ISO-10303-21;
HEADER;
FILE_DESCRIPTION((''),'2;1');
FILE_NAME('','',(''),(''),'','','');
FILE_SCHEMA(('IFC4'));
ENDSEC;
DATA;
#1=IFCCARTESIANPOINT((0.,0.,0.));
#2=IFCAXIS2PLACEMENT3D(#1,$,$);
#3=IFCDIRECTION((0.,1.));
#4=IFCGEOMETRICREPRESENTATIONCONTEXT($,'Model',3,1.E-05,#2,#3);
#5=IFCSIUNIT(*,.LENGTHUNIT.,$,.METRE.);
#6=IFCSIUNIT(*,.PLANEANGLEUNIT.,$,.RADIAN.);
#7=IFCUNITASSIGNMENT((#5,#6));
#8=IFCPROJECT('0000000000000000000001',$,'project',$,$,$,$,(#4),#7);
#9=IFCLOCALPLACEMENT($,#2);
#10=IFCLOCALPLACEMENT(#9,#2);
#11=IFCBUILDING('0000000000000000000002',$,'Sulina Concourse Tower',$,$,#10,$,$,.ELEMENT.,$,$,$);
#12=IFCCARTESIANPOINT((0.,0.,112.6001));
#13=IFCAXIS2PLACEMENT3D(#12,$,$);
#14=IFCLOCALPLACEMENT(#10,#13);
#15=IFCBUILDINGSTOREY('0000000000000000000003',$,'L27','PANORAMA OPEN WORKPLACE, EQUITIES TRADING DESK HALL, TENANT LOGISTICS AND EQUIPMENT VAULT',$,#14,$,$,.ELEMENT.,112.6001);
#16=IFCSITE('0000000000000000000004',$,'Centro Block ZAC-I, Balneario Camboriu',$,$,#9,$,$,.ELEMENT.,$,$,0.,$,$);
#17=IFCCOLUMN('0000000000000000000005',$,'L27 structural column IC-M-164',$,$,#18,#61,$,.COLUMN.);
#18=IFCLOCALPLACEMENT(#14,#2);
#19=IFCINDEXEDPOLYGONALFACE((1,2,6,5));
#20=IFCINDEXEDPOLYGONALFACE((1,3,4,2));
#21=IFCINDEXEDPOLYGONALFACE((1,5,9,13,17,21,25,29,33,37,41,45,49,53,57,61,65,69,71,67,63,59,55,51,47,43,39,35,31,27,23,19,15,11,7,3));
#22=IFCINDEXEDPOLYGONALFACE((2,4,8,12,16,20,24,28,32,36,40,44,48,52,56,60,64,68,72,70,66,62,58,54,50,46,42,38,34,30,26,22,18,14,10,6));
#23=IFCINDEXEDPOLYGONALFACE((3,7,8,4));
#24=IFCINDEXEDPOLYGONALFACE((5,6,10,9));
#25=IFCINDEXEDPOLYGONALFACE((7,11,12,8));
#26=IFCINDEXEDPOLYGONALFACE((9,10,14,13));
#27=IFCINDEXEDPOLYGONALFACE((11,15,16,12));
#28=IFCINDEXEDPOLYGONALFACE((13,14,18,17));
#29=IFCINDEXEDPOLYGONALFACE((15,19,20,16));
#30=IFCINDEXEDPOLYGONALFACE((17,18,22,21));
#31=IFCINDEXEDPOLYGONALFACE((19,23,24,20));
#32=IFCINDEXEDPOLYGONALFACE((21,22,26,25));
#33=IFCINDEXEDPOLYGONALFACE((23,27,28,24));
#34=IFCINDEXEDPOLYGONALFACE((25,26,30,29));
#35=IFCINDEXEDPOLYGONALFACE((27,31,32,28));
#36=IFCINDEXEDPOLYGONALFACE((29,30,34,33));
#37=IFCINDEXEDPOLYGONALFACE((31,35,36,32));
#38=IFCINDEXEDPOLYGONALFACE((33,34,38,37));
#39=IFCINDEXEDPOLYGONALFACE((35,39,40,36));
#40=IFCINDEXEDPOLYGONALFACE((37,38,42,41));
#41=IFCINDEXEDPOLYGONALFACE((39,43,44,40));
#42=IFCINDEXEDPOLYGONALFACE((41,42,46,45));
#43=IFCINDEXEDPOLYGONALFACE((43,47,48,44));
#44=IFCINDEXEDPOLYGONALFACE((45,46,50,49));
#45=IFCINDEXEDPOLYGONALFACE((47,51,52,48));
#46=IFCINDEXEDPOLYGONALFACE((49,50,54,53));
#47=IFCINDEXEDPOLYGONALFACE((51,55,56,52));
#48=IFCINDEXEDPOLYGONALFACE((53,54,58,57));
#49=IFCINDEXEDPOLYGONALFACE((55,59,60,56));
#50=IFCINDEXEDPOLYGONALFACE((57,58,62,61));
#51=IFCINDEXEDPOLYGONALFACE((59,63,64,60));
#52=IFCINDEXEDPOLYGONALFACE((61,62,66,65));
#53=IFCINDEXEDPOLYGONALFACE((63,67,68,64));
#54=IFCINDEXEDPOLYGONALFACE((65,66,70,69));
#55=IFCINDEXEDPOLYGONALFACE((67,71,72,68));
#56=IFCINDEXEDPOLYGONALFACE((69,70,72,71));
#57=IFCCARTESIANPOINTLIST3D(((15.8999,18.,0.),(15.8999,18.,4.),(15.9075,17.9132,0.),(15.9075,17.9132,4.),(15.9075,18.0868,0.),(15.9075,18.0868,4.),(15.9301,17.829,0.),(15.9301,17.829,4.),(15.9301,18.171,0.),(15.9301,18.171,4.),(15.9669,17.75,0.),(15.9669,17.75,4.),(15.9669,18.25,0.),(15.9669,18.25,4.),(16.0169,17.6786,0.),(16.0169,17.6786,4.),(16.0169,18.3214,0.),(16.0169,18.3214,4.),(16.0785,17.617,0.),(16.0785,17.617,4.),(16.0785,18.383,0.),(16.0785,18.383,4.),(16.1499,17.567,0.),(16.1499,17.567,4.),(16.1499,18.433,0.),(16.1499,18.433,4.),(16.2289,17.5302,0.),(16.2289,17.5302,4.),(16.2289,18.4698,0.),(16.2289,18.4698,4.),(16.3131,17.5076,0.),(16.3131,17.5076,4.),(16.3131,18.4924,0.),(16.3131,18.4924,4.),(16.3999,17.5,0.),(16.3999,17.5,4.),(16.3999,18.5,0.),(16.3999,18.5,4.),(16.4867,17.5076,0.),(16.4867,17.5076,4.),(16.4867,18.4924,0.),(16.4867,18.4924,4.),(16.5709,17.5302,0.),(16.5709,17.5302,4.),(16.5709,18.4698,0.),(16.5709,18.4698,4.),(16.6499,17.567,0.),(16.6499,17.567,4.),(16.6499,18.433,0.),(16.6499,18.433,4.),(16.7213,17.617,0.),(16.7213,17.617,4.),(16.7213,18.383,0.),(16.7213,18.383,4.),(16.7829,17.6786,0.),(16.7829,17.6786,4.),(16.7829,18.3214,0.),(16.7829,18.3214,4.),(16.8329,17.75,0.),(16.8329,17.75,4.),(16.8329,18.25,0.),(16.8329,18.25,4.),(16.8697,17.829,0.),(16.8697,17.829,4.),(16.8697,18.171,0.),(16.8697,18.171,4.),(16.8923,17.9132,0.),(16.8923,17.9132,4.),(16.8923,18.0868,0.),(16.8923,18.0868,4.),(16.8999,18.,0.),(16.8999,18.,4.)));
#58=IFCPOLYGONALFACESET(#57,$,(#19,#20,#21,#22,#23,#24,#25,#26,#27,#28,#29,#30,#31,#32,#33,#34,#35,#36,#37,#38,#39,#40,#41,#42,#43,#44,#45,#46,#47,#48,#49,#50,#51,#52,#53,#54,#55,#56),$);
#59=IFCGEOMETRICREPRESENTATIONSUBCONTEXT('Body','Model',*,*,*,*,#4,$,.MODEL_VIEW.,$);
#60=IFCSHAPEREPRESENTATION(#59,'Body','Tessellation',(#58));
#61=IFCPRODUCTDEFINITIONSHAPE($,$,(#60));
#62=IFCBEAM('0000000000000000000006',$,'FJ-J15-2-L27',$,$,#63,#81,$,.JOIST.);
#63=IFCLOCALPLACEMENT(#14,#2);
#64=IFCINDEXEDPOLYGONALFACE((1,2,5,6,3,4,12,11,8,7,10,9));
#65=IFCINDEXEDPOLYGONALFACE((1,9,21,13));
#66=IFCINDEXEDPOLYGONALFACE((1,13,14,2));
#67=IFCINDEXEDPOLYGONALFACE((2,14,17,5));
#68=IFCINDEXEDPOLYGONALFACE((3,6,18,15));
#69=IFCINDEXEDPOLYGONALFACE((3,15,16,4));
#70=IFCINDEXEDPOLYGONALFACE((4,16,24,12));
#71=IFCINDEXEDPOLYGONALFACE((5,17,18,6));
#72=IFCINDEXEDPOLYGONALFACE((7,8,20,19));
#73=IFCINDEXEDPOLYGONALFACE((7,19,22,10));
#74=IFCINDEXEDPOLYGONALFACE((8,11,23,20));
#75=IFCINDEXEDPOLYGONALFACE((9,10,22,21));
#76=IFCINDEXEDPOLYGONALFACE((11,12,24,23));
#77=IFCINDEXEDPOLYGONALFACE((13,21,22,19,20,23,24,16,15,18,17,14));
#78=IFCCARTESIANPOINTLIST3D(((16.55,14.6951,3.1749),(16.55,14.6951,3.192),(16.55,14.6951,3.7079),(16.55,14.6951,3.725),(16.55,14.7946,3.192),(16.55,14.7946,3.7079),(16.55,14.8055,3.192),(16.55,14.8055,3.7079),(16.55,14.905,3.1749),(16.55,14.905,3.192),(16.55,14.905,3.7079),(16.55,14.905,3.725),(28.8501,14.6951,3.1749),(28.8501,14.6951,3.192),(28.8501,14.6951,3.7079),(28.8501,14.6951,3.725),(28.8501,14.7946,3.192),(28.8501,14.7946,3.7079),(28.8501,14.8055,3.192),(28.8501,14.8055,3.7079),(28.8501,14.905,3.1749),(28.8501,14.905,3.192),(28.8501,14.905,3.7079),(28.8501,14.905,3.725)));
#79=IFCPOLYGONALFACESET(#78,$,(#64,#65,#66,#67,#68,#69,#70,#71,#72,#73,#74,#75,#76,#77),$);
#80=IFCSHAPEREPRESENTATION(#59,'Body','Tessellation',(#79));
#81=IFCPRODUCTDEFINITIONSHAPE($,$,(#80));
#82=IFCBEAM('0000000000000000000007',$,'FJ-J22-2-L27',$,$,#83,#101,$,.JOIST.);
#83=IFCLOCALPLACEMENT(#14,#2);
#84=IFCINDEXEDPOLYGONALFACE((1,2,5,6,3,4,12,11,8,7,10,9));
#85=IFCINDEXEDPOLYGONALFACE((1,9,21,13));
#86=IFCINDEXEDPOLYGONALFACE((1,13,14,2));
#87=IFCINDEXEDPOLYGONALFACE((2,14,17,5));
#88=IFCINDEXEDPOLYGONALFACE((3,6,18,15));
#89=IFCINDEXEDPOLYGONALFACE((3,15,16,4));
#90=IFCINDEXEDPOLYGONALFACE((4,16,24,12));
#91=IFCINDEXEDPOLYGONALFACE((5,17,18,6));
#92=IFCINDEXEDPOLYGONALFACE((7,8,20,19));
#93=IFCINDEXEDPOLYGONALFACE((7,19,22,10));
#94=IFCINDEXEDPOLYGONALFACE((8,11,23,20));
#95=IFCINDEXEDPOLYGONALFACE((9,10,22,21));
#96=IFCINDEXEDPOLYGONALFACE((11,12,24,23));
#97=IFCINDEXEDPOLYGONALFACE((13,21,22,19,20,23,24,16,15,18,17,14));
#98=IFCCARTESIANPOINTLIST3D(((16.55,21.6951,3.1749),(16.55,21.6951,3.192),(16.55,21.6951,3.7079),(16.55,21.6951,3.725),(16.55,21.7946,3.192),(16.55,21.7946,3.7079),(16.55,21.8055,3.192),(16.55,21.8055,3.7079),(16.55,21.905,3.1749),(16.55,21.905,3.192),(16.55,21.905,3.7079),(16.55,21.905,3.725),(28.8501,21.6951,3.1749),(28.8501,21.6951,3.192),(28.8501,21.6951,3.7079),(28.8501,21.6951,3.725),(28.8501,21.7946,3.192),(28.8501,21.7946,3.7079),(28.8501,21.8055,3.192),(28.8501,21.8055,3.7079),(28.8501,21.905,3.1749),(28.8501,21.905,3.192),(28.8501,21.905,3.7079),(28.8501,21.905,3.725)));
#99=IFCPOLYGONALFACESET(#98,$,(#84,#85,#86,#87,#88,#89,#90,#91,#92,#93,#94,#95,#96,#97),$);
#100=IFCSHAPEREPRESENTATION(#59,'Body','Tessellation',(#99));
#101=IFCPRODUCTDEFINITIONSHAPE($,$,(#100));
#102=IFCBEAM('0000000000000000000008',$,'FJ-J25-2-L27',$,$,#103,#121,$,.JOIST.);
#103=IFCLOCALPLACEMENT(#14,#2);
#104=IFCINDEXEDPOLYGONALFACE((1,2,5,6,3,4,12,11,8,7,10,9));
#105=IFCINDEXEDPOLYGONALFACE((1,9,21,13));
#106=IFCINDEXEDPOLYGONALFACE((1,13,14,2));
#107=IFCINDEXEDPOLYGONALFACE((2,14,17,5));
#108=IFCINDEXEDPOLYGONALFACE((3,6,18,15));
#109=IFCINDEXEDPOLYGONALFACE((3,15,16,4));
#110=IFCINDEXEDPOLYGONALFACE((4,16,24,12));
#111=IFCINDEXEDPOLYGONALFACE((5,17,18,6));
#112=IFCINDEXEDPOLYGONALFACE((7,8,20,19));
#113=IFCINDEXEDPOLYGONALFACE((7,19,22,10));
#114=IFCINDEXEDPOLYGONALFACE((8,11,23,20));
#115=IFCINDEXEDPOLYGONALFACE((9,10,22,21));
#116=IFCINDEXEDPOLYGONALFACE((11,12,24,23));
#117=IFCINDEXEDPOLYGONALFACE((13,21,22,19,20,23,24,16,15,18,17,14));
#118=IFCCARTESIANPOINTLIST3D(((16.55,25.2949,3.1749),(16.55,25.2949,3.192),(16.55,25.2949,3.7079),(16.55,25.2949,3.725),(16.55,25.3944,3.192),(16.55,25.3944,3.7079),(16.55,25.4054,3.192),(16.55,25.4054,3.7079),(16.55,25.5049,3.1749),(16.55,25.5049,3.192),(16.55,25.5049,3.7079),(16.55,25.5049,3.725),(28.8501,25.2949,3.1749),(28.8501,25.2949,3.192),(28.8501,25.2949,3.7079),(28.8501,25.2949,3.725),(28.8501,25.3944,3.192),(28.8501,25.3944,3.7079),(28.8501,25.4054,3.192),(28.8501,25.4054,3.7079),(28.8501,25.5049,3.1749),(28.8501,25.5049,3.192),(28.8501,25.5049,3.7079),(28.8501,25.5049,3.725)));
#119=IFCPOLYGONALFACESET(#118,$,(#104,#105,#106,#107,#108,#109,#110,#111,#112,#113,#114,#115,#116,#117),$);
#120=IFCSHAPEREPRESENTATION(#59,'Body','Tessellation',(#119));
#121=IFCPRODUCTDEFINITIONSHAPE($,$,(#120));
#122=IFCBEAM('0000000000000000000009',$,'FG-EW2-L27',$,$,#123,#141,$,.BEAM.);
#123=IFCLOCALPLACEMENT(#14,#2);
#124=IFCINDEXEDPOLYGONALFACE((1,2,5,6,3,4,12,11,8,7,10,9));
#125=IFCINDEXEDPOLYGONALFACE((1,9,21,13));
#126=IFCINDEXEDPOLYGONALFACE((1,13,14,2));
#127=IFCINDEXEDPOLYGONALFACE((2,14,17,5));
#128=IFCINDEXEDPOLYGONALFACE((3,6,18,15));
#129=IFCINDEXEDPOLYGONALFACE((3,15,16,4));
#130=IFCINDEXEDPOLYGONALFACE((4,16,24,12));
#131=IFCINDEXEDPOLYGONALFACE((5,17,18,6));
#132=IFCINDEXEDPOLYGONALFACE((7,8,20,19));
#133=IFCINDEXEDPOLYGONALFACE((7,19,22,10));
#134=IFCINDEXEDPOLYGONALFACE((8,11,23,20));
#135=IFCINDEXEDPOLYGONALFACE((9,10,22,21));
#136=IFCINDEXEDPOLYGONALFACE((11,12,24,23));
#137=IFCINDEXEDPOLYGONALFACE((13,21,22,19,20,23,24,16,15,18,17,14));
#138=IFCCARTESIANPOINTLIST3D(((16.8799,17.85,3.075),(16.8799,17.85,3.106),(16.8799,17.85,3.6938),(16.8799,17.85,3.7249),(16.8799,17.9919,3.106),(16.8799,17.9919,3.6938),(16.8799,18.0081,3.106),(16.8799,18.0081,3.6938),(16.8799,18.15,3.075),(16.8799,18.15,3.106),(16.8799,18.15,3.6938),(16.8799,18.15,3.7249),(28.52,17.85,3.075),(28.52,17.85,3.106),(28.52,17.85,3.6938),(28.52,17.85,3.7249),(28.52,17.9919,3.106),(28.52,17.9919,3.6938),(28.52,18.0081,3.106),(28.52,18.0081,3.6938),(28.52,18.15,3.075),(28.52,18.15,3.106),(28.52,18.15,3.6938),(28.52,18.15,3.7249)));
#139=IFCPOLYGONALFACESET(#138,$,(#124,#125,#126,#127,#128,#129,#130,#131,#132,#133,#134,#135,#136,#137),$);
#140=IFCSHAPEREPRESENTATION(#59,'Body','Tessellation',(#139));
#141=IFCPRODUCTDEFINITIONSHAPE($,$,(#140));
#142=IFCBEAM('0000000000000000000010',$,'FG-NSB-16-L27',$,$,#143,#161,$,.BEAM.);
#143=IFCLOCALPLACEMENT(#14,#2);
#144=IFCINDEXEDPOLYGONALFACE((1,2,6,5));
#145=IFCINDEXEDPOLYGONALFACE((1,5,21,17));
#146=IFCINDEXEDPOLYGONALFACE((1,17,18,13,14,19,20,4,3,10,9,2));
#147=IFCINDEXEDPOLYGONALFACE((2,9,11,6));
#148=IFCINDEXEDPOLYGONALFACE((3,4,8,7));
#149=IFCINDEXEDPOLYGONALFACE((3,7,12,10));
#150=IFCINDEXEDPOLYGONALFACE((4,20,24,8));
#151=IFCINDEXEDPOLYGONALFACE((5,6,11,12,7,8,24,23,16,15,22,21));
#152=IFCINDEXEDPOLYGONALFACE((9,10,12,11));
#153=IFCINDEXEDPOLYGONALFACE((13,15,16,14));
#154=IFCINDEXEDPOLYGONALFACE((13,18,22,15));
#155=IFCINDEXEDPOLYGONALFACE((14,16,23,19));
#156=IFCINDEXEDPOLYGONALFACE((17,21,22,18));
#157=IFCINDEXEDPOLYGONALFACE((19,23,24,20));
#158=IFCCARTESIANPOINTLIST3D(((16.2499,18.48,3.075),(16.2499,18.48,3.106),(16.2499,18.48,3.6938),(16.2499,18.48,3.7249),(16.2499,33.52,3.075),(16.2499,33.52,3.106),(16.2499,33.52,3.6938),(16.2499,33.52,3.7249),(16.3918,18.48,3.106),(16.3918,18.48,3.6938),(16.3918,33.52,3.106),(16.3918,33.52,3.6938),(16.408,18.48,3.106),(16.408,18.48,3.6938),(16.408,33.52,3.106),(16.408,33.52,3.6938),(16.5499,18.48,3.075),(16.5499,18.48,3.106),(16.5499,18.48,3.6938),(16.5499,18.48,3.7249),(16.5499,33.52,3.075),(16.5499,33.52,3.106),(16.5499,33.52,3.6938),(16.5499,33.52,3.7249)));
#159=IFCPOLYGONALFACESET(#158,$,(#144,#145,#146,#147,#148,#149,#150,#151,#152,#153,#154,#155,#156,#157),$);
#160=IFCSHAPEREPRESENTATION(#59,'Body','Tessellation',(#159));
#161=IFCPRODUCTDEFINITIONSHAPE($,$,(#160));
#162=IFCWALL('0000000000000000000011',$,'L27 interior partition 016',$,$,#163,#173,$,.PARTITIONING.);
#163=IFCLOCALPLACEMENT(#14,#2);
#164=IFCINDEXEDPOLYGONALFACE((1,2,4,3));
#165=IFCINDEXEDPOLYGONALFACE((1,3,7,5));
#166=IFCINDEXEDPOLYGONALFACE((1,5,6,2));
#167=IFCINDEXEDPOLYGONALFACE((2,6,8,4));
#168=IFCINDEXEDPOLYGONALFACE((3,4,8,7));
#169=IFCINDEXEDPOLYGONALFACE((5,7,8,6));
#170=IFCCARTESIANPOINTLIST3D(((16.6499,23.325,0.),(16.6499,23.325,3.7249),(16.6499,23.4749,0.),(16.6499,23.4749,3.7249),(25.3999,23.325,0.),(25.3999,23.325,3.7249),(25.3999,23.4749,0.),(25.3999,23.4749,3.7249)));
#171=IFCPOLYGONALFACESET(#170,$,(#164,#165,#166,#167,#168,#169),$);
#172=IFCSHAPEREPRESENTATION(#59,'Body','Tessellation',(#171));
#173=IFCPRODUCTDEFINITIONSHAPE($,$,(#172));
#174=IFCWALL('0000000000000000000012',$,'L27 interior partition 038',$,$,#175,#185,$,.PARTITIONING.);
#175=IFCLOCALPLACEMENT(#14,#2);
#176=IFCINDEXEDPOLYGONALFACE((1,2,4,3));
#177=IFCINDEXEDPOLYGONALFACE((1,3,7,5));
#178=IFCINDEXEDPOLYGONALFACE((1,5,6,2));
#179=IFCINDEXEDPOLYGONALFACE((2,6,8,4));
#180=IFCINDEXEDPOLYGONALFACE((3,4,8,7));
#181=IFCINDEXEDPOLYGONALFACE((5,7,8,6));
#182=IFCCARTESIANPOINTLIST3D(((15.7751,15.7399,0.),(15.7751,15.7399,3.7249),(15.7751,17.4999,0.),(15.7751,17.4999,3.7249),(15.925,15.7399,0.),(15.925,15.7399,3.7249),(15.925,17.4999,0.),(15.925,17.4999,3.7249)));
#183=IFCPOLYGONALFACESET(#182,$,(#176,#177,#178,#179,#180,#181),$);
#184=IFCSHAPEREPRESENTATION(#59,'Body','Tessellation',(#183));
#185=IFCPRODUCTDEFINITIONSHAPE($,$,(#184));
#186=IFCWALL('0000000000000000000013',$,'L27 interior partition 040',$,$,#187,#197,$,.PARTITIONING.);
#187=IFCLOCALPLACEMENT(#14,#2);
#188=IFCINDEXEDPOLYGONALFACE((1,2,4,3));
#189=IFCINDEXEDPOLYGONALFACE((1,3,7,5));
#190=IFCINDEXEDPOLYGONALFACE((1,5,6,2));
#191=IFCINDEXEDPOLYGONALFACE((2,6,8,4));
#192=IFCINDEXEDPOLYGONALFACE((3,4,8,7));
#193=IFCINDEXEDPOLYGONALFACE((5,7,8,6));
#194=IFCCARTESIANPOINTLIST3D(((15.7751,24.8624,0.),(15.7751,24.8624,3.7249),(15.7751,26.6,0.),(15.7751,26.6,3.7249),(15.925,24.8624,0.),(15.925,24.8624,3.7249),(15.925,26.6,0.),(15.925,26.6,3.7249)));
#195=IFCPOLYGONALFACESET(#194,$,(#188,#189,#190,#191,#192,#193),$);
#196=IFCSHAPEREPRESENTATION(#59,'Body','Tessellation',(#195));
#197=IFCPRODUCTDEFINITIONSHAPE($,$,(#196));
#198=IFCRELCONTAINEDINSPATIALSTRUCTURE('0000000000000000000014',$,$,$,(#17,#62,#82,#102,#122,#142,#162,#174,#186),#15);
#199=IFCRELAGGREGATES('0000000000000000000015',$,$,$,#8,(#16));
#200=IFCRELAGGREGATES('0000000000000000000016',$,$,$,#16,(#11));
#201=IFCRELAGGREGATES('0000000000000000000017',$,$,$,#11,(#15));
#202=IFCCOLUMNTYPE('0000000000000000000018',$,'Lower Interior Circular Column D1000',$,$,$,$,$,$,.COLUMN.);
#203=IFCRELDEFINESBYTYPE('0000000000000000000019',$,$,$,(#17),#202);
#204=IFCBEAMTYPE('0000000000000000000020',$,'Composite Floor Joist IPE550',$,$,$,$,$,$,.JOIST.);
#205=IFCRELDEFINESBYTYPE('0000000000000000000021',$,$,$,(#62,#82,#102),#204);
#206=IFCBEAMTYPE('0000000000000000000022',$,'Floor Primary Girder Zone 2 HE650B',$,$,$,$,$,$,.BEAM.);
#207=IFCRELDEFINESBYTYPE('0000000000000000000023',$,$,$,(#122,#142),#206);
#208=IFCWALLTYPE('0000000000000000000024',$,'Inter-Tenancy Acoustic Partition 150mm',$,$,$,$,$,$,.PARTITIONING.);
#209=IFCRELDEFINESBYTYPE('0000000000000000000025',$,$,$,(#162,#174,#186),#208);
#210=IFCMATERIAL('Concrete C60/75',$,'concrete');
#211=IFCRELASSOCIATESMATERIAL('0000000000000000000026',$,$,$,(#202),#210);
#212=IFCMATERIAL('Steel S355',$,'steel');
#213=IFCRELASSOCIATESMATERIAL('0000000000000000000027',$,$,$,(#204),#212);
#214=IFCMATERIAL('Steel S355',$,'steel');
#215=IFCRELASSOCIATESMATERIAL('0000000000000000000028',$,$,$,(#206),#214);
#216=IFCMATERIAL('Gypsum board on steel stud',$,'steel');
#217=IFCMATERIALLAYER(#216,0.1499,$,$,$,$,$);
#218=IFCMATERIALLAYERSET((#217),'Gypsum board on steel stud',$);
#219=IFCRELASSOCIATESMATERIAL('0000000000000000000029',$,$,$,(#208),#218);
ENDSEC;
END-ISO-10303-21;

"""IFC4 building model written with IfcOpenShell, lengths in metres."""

from ifc_helpers import new_model, si_unit, direction, frame, frame_2d, origin, origin_2d, place, context, subcontext, project, spatial, rectangle, circle, i_section, extrude, material, layer, layer_set, material_profile, profile_set, type_object, element, save


model = new_model("IFC4")

# Units and contexts
model_context = context("Model", 3, precision=1e-05, world=origin(), true_north=direction((0.0, 1.0)))
body_context = subcontext(model_context, "Body", "Model", "MODEL_VIEW")
ifc_project = project(units=[si_unit("LENGTHUNIT", "METRE"), si_unit("PLANEANGLEUNIT", "RADIAN")], contexts=[model_context])

# Site, building, storey
site_placement = place(None, origin())
site = spatial("IfcSite", under=ifc_project, at=site_placement, Name="Centro Block ZAC-I, Balneario Camboriu", CompositionType="ELEMENT", RefElevation=0.0)
building_placement = place(site_placement, origin())
building = spatial("IfcBuilding", under=site, at=building_placement, Name="Sulina Concourse Tower", CompositionType="ELEMENT")
storey_placement = place(building_placement, frame((0.0, 0.0, 112.6001)))
storey = spatial("IfcBuildingStorey", under=building, at=storey_placement, Name="L27", Description="PANORAMA OPEN WORKPLACE, EQUITIES TRADING DESK HALL, TENANT LOGISTICS AND EQUIPMENT VAULT", CompositionType="ELEMENT", Elevation=112.6001)

# Column
ifc_material_1 = material(Name="Concrete C60/75", Category="concrete")
ifc_material_profile_1 = material_profile(ifc_material_1, circle(Radius=0.5, at=origin_2d()), Name="RC D1000")
ifc_profile_set_1 = profile_set([ifc_material_profile_1], Name="Concrete C60/75")
column_type = type_object("IfcColumnType", Name="Lower Interior Circular Column D1000", PredefinedType="COLUMN", material=ifc_profile_set_1)
column_placement = place(storey_placement, frame((16.3999, 18.0, 0.0), z_axis=(0.0, 0.0, 1.0), x_axis=(1.0, 0.0, 0.0)))
element("IfcColumn", 1, at=column_placement, inside=storey, type_object=column_type, Name="L27 structural column IC-M-164", PredefinedType="COLUMN", context=body_context, shape_type="SweptSolid", body=[
    extrude(circle(Radius=0.5, at=origin_2d()), origin(), (0.0, 0.0, 1.0), 4.0),
])

# Beams
ifc_material_2 = material(Name="Steel S355", Category="steel")
ifc_material_profile_2 = material_profile(ifc_material_2, i_section(OverallWidth=0.21, OverallDepth=0.55, WebThickness=0.011, FlangeThickness=0.0171, at=origin_2d()), Name="IPE 550")
ifc_profile_set_2 = profile_set([ifc_material_profile_2], Name="Steel S355")
beam_type_1 = type_object("IfcBeamType", Name="Composite Floor Joist IPE550", PredefinedType="JOIST", material=ifc_profile_set_2)
for number, where, z_axis, x_axis, name in (
    (2, (16.55, 14.8, 3.45), (1.0, 0.0, 0.0), (0.0, 1.0, 0.0), "FJ-J15-2-L27"),
    (3, (16.55, 21.8, 3.45), (1.0, 0.0, 0.0), (0.0, 1.0, 0.0), "FJ-J22-2-L27"),
    (4, (16.55, 25.3999, 3.45), (1.0, 0.0, 0.0), (0.0, 1.0, 0.0), "FJ-J25-2-L27"),
):
    element("IfcBeam", number, at=place(storey_placement, frame(where, z_axis=z_axis, x_axis=x_axis)), inside=storey, type_object=beam_type_1, Name=name, PredefinedType="JOIST", context=body_context, shape_type="SweptSolid", body=[
        extrude(i_section(OverallWidth=0.21, OverallDepth=0.55, WebThickness=0.011, FlangeThickness=0.0171, at=origin_2d()), origin(), (0.0, 0.0, 1.0), 12.3),
    ])
ifc_material_3 = material(Name="Steel S355", Category="steel")
ifc_material_profile_3 = material_profile(ifc_material_3, i_section(OverallWidth=0.3, OverallDepth=0.6499, WebThickness=0.0161, FlangeThickness=0.031, at=origin_2d()), Name="HE 650 B")
ifc_profile_set_3 = profile_set([ifc_material_profile_3], Name="Steel S355")
beam_type_2 = type_object("IfcBeamType", Name="Floor Primary Girder Zone 2 HE650B", PredefinedType="BEAM", material=ifc_profile_set_3)
beam_1_placement = place(storey_placement, frame((16.8799, 18.0, 3.3999), z_axis=(1.0, 0.0, 0.0), x_axis=(0.0, 1.0, 0.0)))
element("IfcBeam", 5, at=beam_1_placement, inside=storey, type_object=beam_type_2, Name="FG-EW2-L27", PredefinedType="BEAM", context=body_context, shape_type="SweptSolid", body=[
    extrude(i_section(OverallWidth=0.3, OverallDepth=0.6499, WebThickness=0.0161, FlangeThickness=0.031, at=origin_2d()), origin(), (0.0, 0.0, 1.0), 11.6401),
])
beam_2_placement = place(storey_placement, frame((16.3999, 18.48, 3.3999), z_axis=(0.0, 1.0, 0.0), x_axis=(-1.0, 0.0, 0.0)))
element("IfcBeam", 6, at=beam_2_placement, inside=storey, type_object=beam_type_2, Name="FG-NSB-16-L27", PredefinedType="BEAM", context=body_context, shape_type="SweptSolid", body=[
    extrude(i_section(OverallWidth=0.3, OverallDepth=0.6499, WebThickness=0.0161, FlangeThickness=0.031, at=origin_2d()), origin(), (0.0, 0.0, 1.0), 15.04),
])

# Walls
ifc_material_4 = material(Name="Gypsum board on steel stud", Category="steel")
ifc_layer_1 = layer(ifc_material_4, 0.1499)
ifc_layer_set_1 = layer_set([ifc_layer_1], Name="Gypsum board on steel stud")
wall_type_1 = type_object("IfcWallType", Name="Inter-Tenancy Acoustic Partition 150mm", PredefinedType="PARTITIONING", material=ifc_layer_set_1)
wall_1_placement = place(storey_placement, frame((16.6499, 23.3999, 0.0), z_axis=(0.0, 0.0, 1.0), x_axis=(1.0, 0.0, 0.0)))
element("IfcWall", 7, at=wall_1_placement, inside=storey, type_object=wall_type_1, Name="L27 interior partition 016", PredefinedType="PARTITIONING", context=body_context, shape_type="SweptSolid", body=[
    extrude(rectangle(XDim=8.75, YDim=0.1499, at=frame_2d((4.375, 0.0))), origin(), (0.0, 0.0, 1.0), 3.7249),
])
wall_2_placement = place(storey_placement, frame((15.8501, 15.74, 0.0), z_axis=(0.0, 0.0, 1.0), x_axis=(0.0, 1.0, 0.0)))
element("IfcWall", 8, at=wall_2_placement, inside=storey, type_object=wall_type_1, Name="L27 interior partition 038", PredefinedType="PARTITIONING", context=body_context, shape_type="SweptSolid", body=[
    extrude(rectangle(XDim=1.76, YDim=0.1499, at=frame_2d((0.8799, 0.0))), origin(), (0.0, 0.0, 1.0), 3.7249),
])
wall_3_placement = place(storey_placement, frame((15.8501, 24.8625, 0.0), z_axis=(0.0, 0.0, 1.0), x_axis=(0.0, 1.0, 0.0)))
element("IfcWall", 9, at=wall_3_placement, inside=storey, type_object=wall_type_1, Name="L27 interior partition 040", PredefinedType="PARTITIONING", context=body_context, shape_type="SweptSolid", body=[
    extrude(rectangle(XDim=1.7375, YDim=0.1499, at=frame_2d((0.8687, 0.0))), origin(), (0.0, 0.0, 1.0), 3.7249),
])

save(model, "model.ifc")
